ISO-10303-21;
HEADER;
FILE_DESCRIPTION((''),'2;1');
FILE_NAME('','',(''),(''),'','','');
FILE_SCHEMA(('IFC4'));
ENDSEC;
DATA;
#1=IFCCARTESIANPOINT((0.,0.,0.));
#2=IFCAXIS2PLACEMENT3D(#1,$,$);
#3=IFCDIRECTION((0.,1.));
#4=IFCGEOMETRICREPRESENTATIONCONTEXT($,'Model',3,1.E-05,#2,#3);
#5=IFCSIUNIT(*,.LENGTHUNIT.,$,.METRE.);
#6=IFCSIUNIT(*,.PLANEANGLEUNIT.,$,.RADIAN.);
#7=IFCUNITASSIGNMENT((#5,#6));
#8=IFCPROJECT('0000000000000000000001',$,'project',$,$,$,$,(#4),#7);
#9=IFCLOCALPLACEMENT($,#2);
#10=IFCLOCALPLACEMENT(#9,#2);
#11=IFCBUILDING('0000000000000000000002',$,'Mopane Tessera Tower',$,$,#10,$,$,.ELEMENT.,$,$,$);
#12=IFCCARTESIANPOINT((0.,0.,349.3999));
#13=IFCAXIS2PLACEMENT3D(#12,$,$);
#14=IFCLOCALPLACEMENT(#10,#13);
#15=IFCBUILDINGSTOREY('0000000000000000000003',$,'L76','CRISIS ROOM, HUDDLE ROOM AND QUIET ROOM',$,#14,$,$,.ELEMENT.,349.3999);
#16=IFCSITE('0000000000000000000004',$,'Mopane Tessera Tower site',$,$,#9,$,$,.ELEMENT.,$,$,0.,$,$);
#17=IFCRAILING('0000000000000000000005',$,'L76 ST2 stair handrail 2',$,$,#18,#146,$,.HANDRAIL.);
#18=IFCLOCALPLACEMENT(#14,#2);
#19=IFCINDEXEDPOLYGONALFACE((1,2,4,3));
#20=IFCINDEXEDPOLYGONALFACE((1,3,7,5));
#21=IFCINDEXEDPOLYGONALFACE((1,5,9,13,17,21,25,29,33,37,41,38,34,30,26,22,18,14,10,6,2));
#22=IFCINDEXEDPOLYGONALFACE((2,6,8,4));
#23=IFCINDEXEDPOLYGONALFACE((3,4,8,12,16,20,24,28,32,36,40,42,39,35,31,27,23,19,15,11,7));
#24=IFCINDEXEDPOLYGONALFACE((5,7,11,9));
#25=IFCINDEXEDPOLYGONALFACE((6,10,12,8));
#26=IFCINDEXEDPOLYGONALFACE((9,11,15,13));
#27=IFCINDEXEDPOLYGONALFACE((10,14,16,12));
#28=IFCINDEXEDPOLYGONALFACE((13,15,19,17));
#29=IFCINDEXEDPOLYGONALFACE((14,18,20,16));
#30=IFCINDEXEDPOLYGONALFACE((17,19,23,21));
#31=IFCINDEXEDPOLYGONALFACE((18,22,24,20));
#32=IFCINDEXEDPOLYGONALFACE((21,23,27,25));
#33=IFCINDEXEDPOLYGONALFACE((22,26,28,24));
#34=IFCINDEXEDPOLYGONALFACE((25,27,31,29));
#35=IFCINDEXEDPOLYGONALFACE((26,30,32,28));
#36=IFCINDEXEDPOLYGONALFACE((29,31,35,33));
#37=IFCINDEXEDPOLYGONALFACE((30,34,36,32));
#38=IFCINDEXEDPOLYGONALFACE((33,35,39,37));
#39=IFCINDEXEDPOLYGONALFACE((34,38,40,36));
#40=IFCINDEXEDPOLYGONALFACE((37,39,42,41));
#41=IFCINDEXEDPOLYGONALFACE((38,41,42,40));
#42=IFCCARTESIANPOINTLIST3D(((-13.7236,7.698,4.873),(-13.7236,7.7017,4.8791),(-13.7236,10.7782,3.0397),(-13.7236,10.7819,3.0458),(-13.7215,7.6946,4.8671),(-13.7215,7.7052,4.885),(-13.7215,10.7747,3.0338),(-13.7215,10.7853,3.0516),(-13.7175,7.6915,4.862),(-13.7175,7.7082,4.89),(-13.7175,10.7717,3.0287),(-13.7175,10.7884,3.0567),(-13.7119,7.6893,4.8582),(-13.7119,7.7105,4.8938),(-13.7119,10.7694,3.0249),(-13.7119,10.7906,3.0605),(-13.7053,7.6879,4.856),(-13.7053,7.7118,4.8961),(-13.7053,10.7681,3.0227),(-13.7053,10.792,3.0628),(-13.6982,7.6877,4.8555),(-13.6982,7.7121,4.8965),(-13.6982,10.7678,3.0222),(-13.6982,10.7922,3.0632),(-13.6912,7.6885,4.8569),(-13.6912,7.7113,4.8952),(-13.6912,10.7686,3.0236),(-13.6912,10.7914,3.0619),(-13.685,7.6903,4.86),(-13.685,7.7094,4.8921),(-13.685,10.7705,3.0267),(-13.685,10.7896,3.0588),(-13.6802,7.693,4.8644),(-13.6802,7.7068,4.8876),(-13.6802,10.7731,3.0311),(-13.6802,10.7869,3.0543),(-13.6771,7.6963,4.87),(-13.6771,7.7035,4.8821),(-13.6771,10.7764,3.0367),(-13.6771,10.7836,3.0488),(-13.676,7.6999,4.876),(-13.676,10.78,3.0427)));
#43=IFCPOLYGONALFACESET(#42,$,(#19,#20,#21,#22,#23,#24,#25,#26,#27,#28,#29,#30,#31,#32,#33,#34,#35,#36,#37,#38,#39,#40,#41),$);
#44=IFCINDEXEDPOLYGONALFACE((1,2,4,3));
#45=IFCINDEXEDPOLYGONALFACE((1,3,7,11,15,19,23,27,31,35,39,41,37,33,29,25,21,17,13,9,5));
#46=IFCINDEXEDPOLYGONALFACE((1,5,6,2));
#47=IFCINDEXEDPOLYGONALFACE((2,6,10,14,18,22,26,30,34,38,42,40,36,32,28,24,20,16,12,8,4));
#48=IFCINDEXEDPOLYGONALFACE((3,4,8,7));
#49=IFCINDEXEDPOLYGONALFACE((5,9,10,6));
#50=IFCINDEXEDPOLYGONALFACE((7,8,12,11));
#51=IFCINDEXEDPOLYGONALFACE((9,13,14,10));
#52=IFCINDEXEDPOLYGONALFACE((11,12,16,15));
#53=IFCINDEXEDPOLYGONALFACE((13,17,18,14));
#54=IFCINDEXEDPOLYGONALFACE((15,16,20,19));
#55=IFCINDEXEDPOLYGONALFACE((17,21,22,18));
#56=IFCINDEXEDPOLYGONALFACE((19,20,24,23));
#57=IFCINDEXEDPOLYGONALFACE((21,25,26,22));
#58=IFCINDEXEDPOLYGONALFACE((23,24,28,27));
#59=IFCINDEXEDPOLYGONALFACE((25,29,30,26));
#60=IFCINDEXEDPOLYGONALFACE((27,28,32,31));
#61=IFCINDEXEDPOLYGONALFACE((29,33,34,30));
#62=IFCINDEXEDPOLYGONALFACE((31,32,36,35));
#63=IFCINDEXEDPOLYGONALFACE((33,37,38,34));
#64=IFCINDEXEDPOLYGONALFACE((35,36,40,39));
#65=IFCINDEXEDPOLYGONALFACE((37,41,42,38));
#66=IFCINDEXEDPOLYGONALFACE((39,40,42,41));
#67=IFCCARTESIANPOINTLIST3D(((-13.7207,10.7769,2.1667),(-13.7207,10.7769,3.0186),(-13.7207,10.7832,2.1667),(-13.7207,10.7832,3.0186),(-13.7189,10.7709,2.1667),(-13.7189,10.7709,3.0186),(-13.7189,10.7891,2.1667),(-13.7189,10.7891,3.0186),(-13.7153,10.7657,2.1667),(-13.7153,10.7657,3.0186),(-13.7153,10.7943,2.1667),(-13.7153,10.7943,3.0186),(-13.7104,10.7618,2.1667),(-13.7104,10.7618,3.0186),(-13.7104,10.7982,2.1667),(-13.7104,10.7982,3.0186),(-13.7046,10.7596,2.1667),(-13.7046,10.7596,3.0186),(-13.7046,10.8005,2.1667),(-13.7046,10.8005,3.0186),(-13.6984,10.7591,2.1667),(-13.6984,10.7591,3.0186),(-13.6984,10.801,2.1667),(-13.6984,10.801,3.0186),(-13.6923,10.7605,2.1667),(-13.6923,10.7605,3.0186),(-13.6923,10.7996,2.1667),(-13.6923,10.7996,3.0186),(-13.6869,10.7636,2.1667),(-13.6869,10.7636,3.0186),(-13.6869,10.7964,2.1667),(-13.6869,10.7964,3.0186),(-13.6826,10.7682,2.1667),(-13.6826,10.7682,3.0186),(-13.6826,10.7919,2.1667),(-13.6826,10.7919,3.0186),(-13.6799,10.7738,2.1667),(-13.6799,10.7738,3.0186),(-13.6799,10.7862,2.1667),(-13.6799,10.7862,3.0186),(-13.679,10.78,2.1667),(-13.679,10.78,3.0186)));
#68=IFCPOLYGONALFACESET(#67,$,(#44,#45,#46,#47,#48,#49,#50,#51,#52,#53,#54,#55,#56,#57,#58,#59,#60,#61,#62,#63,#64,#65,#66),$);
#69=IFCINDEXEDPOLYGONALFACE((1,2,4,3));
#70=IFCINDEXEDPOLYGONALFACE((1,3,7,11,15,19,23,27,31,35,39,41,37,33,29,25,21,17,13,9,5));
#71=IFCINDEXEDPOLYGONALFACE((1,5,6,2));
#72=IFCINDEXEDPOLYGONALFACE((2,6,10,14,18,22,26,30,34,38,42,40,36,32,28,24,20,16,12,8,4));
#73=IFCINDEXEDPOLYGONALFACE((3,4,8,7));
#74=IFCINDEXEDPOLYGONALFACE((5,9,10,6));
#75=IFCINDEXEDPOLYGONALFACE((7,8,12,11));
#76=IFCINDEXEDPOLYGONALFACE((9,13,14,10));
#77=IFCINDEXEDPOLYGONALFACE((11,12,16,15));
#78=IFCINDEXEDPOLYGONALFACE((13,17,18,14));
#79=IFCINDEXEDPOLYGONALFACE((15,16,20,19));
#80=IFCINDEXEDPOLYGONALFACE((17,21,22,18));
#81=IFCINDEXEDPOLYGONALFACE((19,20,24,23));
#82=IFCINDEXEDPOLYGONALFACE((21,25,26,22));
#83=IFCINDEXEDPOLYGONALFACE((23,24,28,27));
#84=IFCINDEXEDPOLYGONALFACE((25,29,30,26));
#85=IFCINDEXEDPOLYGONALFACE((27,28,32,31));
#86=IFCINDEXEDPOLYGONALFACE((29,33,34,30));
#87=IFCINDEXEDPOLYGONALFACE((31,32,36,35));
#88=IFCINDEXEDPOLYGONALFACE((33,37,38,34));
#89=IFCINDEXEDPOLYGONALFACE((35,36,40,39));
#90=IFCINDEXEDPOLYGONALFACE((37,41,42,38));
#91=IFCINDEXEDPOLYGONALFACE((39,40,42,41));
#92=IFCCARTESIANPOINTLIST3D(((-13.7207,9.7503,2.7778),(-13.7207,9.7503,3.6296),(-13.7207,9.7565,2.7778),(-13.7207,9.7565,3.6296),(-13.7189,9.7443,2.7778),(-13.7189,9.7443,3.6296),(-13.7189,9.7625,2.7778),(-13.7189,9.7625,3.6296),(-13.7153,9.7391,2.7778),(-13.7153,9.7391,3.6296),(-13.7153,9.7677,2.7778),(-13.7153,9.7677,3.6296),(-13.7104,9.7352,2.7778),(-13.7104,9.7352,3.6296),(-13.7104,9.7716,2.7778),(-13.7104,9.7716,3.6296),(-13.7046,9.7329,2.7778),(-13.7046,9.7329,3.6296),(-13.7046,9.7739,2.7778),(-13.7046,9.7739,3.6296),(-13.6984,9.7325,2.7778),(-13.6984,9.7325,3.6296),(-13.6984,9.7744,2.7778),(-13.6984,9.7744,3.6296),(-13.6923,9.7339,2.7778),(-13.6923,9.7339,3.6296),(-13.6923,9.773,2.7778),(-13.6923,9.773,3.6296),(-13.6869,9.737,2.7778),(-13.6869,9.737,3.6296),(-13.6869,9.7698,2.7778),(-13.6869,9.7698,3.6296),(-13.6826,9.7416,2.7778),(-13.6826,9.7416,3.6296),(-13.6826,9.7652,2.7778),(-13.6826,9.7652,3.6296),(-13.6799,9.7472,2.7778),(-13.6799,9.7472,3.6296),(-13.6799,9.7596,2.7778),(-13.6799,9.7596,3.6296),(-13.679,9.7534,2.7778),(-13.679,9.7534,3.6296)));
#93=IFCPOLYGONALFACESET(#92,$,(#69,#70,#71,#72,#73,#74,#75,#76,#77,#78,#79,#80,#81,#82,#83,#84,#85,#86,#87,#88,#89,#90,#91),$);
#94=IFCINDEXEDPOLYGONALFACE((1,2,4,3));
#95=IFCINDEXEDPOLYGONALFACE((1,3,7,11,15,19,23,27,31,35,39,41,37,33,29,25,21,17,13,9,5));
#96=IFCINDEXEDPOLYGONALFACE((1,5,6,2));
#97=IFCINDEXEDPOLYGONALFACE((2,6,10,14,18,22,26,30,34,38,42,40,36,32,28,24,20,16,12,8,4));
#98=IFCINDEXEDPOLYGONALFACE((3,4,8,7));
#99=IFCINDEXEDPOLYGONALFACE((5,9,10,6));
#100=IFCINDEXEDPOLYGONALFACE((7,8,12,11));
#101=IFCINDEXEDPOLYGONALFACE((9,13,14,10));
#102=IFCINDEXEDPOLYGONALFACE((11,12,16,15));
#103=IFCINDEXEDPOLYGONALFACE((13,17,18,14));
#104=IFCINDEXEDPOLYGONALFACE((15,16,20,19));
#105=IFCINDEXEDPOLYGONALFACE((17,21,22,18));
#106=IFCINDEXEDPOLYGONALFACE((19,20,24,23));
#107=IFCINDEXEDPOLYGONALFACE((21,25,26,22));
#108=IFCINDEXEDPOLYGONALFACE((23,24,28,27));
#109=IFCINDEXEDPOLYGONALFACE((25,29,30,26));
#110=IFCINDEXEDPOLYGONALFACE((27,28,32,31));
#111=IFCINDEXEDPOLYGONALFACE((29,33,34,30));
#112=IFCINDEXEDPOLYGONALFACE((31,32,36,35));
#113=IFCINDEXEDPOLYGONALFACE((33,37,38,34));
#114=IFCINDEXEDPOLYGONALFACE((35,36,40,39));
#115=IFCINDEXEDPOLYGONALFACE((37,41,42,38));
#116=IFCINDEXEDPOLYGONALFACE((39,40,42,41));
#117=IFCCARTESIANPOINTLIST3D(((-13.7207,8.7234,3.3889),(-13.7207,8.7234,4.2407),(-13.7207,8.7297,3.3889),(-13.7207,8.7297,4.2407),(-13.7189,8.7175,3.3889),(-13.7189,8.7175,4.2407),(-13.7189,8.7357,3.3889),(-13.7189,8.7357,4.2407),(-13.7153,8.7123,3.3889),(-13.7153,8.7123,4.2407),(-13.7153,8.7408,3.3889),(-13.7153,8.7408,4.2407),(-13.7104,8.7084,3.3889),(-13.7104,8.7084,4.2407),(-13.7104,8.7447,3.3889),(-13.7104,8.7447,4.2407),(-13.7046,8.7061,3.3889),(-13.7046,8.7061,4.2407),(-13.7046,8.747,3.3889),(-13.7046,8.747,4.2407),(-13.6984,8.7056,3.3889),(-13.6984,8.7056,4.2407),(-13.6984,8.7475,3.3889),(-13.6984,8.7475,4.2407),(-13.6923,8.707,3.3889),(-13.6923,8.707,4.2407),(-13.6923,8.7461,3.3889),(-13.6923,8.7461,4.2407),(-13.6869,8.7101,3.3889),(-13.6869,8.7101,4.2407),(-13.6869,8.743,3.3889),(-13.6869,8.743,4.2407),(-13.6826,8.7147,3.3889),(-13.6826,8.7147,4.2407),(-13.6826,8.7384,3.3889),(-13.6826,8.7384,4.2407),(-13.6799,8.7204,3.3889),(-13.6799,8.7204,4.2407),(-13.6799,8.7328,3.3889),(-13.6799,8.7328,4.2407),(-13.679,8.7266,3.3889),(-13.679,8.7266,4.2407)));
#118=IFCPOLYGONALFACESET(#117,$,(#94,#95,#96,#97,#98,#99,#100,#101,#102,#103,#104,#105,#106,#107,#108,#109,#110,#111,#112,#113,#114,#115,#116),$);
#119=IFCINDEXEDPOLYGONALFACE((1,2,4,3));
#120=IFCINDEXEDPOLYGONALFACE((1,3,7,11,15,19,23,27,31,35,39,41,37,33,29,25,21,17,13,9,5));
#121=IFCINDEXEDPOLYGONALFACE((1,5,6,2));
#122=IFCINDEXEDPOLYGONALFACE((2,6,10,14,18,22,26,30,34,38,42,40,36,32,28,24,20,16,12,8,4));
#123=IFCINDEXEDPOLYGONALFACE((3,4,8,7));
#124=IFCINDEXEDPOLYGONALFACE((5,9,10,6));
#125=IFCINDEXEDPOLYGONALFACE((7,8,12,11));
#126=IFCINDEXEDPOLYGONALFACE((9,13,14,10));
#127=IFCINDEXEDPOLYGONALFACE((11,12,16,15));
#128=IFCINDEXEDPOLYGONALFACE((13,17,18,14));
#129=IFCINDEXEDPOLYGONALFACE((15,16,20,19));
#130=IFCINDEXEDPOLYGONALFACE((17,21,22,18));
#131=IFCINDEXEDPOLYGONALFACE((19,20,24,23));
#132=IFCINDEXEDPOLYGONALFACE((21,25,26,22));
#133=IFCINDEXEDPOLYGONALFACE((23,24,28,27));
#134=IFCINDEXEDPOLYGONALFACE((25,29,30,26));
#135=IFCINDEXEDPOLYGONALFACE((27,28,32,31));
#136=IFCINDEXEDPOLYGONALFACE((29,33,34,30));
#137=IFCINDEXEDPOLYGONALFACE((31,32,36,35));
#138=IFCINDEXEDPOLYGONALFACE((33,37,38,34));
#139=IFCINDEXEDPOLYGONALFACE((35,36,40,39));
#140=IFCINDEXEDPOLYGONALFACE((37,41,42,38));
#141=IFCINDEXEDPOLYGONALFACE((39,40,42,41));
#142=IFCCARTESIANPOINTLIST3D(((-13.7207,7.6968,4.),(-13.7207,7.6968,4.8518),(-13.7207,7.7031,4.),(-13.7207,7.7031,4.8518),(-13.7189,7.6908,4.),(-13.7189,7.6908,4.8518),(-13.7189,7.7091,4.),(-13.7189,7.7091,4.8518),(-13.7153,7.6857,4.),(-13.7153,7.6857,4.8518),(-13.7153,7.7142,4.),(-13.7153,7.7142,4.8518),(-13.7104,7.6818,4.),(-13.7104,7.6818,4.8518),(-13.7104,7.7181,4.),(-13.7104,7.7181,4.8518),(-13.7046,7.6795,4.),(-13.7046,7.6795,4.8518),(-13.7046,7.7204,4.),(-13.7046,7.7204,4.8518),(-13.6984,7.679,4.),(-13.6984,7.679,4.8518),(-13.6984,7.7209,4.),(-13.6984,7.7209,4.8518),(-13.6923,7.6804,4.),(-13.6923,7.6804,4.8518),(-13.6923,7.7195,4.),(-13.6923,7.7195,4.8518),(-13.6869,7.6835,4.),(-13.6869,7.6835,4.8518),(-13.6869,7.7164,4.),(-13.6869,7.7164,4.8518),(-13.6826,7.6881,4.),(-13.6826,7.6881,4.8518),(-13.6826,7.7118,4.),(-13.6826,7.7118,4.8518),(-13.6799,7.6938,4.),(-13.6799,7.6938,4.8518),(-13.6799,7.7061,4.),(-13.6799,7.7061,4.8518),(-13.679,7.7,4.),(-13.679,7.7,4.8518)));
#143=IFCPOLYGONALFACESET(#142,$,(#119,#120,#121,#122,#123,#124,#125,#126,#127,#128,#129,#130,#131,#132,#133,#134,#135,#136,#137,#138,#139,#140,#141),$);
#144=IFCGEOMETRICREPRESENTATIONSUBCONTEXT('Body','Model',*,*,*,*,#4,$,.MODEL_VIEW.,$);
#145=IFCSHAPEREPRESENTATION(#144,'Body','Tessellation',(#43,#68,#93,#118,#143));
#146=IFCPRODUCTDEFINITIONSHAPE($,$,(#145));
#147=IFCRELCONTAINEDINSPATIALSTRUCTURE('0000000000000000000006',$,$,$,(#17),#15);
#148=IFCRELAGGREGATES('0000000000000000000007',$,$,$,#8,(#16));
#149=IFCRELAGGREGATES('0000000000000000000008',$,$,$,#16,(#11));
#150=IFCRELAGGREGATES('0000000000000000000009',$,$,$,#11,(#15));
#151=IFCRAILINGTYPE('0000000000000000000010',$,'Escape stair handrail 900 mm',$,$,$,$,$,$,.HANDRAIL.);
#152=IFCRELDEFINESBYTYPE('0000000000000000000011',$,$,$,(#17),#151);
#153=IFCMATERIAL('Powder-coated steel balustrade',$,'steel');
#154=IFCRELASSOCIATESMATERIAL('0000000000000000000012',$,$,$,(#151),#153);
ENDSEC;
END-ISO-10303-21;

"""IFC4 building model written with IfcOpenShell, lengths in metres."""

from ifc_helpers import new_model, si_unit, direction, frame, origin, origin_2d, place, context, subcontext, project, spatial, circle, extrude, material, type_object, element, save


model = new_model("IFC4")

# Units and contexts
model_context = context("Model", 3, precision=1e-05, world=origin(), true_north=direction((0.0, 1.0)))
body_context = subcontext(model_context, "Body", "Model", "MODEL_VIEW")
ifc_project = project(units=[si_unit("LENGTHUNIT", "METRE"), si_unit("PLANEANGLEUNIT", "RADIAN")], contexts=[model_context])

# Site, building, storey
site_placement = place(None, origin())
site = spatial("IfcSite", under=ifc_project, at=site_placement, Name="Mopane Tessera Tower site", CompositionType="ELEMENT", RefElevation=0.0)
building_placement = place(site_placement, origin())
building = spatial("IfcBuilding", under=site, at=building_placement, Name="Mopane Tessera Tower", CompositionType="ELEMENT")
storey_placement = place(building_placement, frame((0.0, 0.0, 349.3999)))
storey = spatial("IfcBuildingStorey", under=building, at=storey_placement, Name="L76", Description="CRISIS ROOM, HUDDLE ROOM AND QUIET ROOM", CompositionType="ELEMENT", Elevation=349.3999)

# Railing
ifc_material_1 = material(Name="Powder-coated steel balustrade", Category="steel")
railing_type_1 = type_object("IfcRailingType", Name="Escape stair handrail 900 mm", PredefinedType="HANDRAIL", material=ifc_material_1)
railing_1_placement = place(storey_placement, frame((-13.7, 10.78, 2.1667)))
element("IfcRailing", 1, at=railing_1_placement, inside=storey, type_object=railing_type_1, Name="L76 ST2 stair handrail 2", PredefinedType="HANDRAIL", context=body_context, shape_type="SweptSolid", body=[
    extrude(circle(Radius=0.0239, at=origin_2d()), frame((0.0, 0.0, 0.876), z_axis=(0.0, -0.859309, 0.511458), x_axis=(1.0, 0.0, 0.0)), (0.0, 0.0, 1.0), 3.5845),
    extrude(circle(Radius=0.021, at=origin_2d()), origin(), (0.0, 0.0, 1.0), 0.8518),
    extrude(circle(Radius=0.021, at=origin_2d()), frame((0.0, -1.0266, 0.6111)), (0.0, 0.0, 1.0), 0.8518),
    extrude(circle(Radius=0.021, at=origin_2d()), frame((0.0, -2.0535, 1.2222)), (0.0, 0.0, 1.0), 0.8518),
    extrude(circle(Radius=0.021, at=origin_2d()), frame((0.0, -3.0801, 1.8333)), (0.0, 0.0, 1.0), 0.8518),
])

save(model, "model.ifc")
